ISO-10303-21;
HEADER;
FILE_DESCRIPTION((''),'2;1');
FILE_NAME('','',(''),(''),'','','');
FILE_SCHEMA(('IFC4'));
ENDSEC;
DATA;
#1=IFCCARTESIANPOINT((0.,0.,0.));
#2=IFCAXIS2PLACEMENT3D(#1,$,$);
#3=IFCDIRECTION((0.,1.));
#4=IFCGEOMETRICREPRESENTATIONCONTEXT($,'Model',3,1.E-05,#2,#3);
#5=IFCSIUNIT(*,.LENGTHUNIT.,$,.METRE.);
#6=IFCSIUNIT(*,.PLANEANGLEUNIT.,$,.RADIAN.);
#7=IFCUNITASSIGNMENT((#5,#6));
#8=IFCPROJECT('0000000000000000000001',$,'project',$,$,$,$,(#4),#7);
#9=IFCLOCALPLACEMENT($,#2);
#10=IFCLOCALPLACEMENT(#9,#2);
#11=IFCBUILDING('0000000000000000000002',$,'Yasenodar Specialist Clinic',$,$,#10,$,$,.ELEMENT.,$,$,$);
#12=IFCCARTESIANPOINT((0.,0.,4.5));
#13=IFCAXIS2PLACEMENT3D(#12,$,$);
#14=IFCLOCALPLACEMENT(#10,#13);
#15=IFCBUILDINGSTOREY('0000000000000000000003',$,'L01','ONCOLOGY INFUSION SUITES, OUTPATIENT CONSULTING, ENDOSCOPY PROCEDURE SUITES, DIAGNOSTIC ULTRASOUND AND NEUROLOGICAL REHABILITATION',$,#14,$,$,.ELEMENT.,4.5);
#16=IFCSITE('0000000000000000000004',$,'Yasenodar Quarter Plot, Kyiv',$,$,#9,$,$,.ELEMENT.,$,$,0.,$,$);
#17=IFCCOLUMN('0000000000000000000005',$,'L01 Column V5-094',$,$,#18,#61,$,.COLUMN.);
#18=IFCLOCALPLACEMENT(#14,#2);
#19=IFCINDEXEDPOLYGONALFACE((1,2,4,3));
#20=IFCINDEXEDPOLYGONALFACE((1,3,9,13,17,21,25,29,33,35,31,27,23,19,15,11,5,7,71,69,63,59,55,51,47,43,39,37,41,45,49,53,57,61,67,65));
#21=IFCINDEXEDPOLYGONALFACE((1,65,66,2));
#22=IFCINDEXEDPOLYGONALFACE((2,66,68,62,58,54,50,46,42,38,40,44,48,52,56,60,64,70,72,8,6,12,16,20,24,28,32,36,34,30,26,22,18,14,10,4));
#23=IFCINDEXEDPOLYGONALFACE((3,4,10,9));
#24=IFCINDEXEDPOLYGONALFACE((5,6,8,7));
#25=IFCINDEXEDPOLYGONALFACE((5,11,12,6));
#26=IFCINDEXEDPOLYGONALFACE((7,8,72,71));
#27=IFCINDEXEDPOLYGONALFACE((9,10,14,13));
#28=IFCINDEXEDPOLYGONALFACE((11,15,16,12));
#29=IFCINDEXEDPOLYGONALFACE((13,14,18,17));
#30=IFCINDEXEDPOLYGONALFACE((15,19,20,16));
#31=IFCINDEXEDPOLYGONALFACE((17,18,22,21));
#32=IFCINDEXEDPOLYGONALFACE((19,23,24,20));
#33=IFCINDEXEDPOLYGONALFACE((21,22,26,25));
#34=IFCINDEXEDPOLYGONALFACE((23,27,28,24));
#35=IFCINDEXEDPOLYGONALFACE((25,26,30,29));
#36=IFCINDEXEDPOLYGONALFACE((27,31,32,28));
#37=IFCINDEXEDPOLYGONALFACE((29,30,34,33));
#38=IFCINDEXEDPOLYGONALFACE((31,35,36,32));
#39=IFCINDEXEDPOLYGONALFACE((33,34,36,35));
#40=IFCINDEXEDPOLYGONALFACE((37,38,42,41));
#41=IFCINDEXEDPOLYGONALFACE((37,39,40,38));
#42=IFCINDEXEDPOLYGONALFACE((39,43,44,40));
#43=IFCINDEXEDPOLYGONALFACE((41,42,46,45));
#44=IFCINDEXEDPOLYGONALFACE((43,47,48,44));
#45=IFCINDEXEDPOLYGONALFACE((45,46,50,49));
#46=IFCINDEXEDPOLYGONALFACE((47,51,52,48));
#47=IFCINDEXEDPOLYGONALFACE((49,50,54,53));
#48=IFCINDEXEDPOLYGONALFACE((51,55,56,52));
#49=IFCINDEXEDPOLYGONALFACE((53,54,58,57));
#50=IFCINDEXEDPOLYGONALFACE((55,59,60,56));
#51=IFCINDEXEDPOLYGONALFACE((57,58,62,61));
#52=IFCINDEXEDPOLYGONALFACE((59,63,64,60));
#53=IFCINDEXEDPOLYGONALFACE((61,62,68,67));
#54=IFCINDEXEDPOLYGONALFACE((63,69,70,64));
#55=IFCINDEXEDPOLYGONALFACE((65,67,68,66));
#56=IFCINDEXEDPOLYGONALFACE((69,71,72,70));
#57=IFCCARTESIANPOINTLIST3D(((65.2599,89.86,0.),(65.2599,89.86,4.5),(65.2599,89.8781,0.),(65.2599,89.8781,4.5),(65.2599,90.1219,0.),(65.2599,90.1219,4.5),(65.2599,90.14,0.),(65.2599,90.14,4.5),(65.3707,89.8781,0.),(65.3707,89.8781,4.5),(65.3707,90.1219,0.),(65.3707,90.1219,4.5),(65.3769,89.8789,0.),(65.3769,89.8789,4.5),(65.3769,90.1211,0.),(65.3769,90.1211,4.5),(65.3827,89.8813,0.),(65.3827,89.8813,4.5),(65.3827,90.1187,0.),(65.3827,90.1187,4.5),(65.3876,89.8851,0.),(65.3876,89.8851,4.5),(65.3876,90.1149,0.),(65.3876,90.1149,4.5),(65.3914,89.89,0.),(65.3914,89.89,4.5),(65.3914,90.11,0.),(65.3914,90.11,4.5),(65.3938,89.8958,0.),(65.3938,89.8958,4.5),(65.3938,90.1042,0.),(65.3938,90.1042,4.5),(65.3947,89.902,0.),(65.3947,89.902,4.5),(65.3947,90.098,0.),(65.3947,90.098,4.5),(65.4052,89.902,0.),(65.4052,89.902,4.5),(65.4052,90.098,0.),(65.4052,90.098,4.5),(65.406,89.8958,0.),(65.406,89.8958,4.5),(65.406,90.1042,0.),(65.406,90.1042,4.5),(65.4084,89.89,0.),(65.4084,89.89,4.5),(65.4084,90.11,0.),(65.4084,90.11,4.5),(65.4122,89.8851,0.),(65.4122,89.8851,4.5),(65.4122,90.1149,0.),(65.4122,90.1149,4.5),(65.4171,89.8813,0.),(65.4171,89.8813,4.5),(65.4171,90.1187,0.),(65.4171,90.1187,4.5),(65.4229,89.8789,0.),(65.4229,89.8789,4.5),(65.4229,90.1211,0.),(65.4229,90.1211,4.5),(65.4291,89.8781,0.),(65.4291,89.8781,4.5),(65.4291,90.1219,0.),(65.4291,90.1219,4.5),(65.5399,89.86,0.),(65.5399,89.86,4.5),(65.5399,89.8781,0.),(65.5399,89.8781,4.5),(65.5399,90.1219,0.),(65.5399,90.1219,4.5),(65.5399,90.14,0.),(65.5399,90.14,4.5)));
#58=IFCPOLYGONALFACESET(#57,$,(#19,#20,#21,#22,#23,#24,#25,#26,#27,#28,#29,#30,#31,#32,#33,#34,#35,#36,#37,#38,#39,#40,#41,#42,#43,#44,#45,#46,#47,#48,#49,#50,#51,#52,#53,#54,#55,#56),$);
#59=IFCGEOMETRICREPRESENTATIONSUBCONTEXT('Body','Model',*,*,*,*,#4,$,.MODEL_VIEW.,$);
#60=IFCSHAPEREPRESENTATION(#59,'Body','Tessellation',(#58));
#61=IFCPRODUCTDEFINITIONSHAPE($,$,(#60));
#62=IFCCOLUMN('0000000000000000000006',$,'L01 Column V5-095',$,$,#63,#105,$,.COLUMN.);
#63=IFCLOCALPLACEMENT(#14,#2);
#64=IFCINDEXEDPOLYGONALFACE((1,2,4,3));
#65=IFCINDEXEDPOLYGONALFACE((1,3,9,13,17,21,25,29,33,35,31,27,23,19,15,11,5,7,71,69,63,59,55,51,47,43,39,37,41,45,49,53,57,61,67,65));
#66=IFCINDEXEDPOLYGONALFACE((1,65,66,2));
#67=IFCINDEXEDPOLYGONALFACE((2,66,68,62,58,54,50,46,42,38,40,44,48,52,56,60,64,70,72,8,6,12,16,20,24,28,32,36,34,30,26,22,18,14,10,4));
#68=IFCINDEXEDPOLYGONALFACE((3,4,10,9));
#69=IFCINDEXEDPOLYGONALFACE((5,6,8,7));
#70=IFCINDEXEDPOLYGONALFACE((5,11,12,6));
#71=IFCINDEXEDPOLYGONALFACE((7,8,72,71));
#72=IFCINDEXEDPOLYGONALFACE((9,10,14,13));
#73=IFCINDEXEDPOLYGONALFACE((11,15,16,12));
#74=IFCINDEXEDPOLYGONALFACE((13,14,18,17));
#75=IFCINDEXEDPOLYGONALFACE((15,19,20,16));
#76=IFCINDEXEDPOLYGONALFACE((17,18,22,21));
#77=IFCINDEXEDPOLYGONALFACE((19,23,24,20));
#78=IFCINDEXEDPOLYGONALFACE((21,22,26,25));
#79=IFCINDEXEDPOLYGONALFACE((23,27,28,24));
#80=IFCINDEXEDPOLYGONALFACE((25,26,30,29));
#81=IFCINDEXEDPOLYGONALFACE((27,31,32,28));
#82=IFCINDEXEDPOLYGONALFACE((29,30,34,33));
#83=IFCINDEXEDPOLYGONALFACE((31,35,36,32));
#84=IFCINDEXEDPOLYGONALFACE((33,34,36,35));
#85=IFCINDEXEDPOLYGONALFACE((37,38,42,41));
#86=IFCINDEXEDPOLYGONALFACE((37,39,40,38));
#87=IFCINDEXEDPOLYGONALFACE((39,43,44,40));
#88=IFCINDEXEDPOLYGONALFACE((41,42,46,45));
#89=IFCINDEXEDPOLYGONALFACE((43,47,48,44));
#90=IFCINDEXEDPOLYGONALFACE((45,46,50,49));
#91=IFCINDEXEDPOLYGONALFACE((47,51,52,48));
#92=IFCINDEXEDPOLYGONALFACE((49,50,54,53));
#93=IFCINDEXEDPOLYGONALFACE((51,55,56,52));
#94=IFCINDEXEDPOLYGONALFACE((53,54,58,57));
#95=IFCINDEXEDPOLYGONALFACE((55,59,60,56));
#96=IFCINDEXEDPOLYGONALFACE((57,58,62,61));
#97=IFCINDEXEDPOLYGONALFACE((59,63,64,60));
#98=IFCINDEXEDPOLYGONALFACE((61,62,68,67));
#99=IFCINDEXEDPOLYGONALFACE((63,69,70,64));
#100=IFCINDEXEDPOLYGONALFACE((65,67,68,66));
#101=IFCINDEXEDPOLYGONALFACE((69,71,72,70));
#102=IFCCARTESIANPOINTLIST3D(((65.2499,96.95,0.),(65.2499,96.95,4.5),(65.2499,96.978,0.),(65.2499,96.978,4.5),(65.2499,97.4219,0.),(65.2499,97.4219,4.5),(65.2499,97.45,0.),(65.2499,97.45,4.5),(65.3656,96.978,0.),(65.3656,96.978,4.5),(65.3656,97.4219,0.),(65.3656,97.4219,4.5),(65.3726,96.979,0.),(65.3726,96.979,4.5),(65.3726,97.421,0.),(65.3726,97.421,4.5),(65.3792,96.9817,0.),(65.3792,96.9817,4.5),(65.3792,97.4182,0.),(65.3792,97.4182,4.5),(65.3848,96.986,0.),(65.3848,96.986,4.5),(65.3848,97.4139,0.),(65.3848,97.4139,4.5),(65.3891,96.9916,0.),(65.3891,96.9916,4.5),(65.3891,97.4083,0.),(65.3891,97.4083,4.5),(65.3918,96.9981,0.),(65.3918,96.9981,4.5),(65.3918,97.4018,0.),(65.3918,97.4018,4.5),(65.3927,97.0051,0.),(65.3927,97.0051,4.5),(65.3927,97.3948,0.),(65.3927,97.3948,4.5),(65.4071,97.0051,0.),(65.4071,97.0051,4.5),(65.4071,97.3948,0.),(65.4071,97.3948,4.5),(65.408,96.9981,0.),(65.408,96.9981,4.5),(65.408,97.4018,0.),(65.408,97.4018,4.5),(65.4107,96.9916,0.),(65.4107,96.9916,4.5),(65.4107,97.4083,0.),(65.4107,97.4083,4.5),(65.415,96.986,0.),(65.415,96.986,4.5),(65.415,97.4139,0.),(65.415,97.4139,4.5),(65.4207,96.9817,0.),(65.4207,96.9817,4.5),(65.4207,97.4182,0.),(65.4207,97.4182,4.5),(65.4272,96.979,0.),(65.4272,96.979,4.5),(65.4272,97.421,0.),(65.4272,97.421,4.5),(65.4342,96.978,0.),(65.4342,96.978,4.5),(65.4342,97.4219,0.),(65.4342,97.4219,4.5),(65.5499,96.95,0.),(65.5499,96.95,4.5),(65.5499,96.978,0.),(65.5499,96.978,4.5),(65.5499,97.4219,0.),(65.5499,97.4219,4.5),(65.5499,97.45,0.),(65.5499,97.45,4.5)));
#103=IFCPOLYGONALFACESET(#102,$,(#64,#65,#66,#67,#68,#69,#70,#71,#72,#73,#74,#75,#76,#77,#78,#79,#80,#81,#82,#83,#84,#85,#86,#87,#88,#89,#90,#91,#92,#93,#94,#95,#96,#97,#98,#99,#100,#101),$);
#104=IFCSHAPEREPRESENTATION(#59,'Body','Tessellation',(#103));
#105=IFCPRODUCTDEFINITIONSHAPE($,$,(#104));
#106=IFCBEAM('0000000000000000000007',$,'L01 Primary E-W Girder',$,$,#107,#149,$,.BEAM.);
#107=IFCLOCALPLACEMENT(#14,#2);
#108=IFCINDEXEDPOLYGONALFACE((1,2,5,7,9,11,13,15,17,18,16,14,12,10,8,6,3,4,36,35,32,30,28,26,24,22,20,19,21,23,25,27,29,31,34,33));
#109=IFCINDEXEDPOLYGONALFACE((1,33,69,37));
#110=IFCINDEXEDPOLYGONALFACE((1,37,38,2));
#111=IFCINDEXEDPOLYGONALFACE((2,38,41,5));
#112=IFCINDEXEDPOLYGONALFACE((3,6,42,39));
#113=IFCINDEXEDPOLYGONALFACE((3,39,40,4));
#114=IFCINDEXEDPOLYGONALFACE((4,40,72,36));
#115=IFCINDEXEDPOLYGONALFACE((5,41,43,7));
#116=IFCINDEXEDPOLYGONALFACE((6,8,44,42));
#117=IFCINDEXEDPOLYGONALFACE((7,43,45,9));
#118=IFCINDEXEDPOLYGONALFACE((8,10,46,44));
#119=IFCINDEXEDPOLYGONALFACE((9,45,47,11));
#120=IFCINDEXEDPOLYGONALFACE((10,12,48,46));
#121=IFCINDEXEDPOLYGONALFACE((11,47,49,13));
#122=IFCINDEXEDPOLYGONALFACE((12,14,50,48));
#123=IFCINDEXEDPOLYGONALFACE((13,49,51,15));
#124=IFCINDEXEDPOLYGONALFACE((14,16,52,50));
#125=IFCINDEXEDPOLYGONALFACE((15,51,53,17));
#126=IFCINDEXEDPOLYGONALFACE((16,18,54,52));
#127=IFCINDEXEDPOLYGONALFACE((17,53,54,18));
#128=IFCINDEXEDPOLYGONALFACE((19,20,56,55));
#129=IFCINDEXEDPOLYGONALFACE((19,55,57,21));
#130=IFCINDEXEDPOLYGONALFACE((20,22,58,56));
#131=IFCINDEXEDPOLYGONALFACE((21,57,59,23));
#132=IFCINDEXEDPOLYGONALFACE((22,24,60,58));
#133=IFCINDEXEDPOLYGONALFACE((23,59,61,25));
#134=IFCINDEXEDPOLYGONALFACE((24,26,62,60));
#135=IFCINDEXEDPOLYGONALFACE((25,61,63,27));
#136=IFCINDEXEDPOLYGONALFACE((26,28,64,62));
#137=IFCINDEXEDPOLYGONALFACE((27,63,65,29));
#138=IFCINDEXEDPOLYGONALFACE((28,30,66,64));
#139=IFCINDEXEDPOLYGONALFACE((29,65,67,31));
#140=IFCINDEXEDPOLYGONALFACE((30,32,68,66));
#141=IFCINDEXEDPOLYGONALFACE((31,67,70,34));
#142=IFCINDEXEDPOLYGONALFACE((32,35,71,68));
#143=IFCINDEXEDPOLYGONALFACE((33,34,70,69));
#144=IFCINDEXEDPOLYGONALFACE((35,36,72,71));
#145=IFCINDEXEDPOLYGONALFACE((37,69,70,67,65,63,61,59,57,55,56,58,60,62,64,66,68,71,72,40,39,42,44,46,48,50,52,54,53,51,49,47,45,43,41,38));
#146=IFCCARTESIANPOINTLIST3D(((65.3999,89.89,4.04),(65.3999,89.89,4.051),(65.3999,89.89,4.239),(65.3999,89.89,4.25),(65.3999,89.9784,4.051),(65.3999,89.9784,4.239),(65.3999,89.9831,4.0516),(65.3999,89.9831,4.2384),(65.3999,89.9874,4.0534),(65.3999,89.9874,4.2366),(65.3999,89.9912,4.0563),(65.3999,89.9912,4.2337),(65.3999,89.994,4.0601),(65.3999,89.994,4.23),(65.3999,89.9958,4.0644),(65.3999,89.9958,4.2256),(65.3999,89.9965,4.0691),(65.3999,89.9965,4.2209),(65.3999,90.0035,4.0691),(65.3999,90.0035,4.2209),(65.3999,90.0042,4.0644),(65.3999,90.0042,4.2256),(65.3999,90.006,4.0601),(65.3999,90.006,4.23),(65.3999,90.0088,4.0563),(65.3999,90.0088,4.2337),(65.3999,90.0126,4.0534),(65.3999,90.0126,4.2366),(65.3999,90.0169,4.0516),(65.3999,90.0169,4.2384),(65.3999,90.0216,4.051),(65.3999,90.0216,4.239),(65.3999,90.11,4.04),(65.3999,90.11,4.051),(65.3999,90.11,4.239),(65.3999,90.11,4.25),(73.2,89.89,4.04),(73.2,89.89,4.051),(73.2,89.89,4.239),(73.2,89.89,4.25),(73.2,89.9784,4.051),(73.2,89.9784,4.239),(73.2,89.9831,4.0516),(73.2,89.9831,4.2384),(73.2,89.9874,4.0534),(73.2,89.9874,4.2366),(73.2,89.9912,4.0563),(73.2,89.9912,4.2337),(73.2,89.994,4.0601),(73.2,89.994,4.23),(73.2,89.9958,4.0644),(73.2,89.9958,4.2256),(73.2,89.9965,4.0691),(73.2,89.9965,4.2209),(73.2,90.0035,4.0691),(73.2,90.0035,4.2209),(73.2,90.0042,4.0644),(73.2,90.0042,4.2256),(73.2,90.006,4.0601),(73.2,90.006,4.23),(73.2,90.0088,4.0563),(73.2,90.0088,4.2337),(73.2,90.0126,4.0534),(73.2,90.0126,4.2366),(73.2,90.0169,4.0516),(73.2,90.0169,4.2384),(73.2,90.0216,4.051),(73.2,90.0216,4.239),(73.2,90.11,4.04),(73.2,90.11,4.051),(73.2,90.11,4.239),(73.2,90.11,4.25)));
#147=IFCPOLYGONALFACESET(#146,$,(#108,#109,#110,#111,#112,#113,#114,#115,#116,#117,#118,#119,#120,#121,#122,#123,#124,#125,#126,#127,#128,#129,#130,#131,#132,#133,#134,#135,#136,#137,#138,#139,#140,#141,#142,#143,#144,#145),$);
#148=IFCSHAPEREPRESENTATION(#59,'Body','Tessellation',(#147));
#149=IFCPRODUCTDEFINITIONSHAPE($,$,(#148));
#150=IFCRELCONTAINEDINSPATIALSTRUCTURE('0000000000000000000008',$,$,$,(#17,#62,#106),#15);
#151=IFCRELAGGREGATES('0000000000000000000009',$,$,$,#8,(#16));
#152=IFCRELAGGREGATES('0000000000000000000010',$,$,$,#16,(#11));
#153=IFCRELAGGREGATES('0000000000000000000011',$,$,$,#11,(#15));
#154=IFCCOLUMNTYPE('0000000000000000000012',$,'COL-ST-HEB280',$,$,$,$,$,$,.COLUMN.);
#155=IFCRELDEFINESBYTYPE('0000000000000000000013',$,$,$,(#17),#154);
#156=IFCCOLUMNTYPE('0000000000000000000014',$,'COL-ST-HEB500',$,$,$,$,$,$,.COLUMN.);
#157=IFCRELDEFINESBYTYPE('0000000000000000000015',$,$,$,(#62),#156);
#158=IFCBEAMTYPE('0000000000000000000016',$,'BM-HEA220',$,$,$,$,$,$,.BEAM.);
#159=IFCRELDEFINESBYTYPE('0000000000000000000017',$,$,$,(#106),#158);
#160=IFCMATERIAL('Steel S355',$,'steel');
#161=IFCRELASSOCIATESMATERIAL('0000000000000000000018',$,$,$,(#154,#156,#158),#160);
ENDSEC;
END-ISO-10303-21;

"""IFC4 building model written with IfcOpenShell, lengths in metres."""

from ifc_helpers import new_model, si_unit, direction, frame, origin, origin_2d, place, context, subcontext, project, spatial, i_section, extrude, material, material_profile, profile_set, type_object, element, save


model = new_model("IFC4")

# Units and contexts
model_context = context("Model", 3, precision=1e-05, world=origin(), true_north=direction((0.0, 1.0)))
body_context = subcontext(model_context, "Body", "Model", "MODEL_VIEW")
ifc_project = project(units=[si_unit("LENGTHUNIT", "METRE"), si_unit("PLANEANGLEUNIT", "RADIAN")], contexts=[model_context])

# Site, building, storey
site_placement = place(None, origin())
site = spatial("IfcSite", under=ifc_project, at=site_placement, Name="Yasenodar Quarter Plot, Kyiv", CompositionType="ELEMENT", RefElevation=0.0)
building_placement = place(site_placement, origin())
building = spatial("IfcBuilding", under=site, at=building_placement, Name="Yasenodar Specialist Clinic", CompositionType="ELEMENT")
storey_placement = place(building_placement, frame((0.0, 0.0, 4.5)))
storey = spatial("IfcBuildingStorey", under=building, at=storey_placement, Name="L01", Description="ONCOLOGY INFUSION SUITES, OUTPATIENT CONSULTING, ENDOSCOPY PROCEDURE SUITES, DIAGNOSTIC ULTRASOUND AND NEUROLOGICAL REHABILITATION", CompositionType="ELEMENT", Elevation=4.5)

# Columns
ifc_material_1 = material(Name="Steel S355", Category="steel")
ifc_material_profile_1 = material_profile(ifc_material_1, i_section(OverallWidth=0.28, OverallDepth=0.28, WebThickness=0.0105, FlangeThickness=0.0181, FilletRadius=0.0239, at=origin_2d()), Name="HEB 280")
ifc_profile_set_1 = profile_set([ifc_material_profile_1], Name="Steel S355")
column_type_1 = type_object("IfcColumnType", Name="COL-ST-HEB280", PredefinedType="COLUMN", material=ifc_profile_set_1)
column_1_placement = place(storey_placement, frame((65.3999, 90.0, 0.0), z_axis=(0.0, 0.0, 1.0), x_axis=(1.0, 0.0, 0.0)))
element("IfcColumn", 1, at=column_1_placement, inside=storey, type_object=column_type_1, Name="L01 Column V5-094", PredefinedType="COLUMN", context=body_context, shape_type="SweptSolid", body=[
    extrude(i_section(OverallWidth=0.28, OverallDepth=0.28, WebThickness=0.0105, FlangeThickness=0.0181, FilletRadius=0.0239, at=origin_2d()), origin(), (0.0, 0.0, 1.0), 4.5),
])
ifc_material_profile_2 = material_profile(ifc_material_1, i_section(OverallWidth=0.3, OverallDepth=0.5, WebThickness=0.0144, FlangeThickness=0.0281, FilletRadius=0.0271, at=origin_2d()), Name="HEB 500")
ifc_profile_set_2 = profile_set([ifc_material_profile_2], Name="Steel S355")
column_type_2 = type_object("IfcColumnType", Name="COL-ST-HEB500", PredefinedType="COLUMN", material=ifc_profile_set_2)
column_2_placement = place(storey_placement, frame((65.3999, 97.2, 0.0), z_axis=(0.0, 0.0, 1.0), x_axis=(1.0, 0.0, 0.0)))
element("IfcColumn", 2, at=column_2_placement, inside=storey, type_object=column_type_2, Name="L01 Column V5-095", PredefinedType="COLUMN", context=body_context, shape_type="SweptSolid", body=[
    extrude(i_section(OverallWidth=0.3, OverallDepth=0.5, WebThickness=0.0144, FlangeThickness=0.0281, FilletRadius=0.0271, at=origin_2d()), origin(), (0.0, 0.0, 1.0), 4.5),
])

# Beam
ifc_material_profile_3 = material_profile(ifc_material_1, i_section(OverallWidth=0.22, OverallDepth=0.21, WebThickness=0.0071, FlangeThickness=0.011, FilletRadius=0.0181, at=origin_2d()), Name="HEA 220")
ifc_profile_set_3 = profile_set([ifc_material_profile_3], Name="Steel S355")
beam_type_1 = type_object("IfcBeamType", Name="BM-HEA220", PredefinedType="BEAM", material=ifc_profile_set_3)
beam_1_placement = place(storey_placement, frame((65.3999, 90.0, 4.145), z_axis=(1.0, 0.0, 0.0), x_axis=(0.0, 1.0, 0.0)))
element("IfcBeam", 3, at=beam_1_placement, inside=storey, type_object=beam_type_1, Name="L01 Primary E-W Girder", PredefinedType="BEAM", context=body_context, shape_type="SweptSolid", body=[
    extrude(i_section(OverallWidth=0.22, OverallDepth=0.21, WebThickness=0.0071, FlangeThickness=0.011, FilletRadius=0.0181, at=origin_2d()), origin(), (0.0, 0.0, 1.0), 7.8),
])

save(model, "model.ifc")
